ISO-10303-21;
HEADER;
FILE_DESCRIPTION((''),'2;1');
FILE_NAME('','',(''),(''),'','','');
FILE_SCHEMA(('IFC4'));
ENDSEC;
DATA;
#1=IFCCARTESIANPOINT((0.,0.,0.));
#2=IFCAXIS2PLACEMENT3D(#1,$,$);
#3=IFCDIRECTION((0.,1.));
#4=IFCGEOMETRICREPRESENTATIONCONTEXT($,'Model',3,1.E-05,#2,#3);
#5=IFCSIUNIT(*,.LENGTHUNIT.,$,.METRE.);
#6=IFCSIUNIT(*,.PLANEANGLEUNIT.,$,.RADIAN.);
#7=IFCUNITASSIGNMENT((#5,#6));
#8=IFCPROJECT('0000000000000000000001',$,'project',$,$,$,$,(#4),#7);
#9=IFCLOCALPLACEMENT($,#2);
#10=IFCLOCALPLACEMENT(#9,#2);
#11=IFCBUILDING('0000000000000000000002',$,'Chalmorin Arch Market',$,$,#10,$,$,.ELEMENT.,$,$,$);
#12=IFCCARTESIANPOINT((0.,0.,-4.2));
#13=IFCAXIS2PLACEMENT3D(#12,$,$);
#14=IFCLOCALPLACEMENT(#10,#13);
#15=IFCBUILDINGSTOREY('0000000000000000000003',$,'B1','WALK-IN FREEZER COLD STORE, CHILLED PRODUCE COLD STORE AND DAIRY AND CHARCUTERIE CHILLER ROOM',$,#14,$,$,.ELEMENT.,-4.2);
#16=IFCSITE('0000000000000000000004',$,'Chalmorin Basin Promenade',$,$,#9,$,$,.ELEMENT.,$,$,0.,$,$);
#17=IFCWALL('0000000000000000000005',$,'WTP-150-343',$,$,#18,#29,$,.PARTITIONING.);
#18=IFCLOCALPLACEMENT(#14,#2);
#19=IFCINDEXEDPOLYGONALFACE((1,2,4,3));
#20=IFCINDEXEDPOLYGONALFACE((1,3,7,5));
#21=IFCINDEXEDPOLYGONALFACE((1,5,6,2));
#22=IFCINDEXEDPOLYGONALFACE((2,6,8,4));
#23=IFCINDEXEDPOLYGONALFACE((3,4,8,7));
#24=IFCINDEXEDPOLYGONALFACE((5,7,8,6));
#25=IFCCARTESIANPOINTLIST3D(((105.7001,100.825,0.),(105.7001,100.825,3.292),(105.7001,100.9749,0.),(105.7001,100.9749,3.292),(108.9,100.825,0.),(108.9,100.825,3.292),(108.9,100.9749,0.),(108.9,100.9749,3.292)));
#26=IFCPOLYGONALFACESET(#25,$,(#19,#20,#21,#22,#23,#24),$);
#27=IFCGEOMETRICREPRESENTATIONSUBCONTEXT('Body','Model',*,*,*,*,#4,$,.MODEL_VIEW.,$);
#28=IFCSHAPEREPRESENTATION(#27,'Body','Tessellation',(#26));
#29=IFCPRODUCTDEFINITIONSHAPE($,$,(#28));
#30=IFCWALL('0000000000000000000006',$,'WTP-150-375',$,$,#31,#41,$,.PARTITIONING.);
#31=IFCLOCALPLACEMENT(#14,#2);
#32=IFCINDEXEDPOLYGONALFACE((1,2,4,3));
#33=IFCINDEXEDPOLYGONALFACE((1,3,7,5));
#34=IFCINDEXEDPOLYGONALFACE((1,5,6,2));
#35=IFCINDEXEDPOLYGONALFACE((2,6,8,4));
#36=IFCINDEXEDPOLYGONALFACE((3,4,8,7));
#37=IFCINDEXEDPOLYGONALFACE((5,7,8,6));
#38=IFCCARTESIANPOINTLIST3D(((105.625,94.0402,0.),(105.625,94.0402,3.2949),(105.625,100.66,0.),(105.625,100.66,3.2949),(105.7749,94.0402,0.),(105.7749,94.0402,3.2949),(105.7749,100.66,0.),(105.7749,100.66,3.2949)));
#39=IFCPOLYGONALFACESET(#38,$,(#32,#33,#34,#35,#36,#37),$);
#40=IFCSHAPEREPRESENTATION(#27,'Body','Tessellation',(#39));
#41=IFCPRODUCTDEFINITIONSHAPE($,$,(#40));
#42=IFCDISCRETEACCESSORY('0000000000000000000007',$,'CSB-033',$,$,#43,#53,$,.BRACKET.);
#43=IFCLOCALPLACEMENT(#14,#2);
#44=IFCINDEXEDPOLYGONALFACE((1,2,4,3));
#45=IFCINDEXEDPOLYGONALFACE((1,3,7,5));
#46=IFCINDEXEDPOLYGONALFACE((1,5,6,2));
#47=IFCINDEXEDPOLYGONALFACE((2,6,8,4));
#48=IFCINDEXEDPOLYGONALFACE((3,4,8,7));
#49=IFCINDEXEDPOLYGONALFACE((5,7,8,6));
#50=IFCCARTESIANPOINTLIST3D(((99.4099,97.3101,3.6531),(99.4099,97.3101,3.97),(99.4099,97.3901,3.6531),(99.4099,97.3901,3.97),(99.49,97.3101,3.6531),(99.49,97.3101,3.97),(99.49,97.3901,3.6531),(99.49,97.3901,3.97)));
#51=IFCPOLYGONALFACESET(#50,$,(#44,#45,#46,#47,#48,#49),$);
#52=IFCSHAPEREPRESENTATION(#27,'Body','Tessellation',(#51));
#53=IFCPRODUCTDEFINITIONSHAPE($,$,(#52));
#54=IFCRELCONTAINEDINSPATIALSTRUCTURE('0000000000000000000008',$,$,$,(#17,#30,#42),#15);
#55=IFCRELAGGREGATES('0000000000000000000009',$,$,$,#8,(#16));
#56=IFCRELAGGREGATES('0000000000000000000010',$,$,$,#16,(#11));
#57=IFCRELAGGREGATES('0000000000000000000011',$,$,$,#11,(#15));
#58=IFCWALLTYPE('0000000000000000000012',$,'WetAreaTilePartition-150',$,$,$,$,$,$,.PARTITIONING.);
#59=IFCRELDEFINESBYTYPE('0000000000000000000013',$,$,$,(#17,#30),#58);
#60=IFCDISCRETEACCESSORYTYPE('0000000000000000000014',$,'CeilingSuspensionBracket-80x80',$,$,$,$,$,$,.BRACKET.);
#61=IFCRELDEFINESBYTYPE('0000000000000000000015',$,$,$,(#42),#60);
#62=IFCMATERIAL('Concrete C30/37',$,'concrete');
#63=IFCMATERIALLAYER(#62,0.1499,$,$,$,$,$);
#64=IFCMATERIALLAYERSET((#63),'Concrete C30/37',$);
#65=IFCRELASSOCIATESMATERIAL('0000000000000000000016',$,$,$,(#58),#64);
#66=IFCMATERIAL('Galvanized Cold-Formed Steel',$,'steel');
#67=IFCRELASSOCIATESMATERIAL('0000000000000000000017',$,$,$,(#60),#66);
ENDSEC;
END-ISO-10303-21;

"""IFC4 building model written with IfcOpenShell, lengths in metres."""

from ifc_helpers import new_model, si_unit, direction, frame, frame_2d, origin, origin_2d, place, context, subcontext, project, spatial, rectangle, extrude, material, layer, layer_set, type_object, element, save


model = new_model("IFC4")

# Units and contexts
model_context = context("Model", 3, precision=1e-05, world=origin(), true_north=direction((0.0, 1.0)))
body_context = subcontext(model_context, "Body", "Model", "MODEL_VIEW")
ifc_project = project(units=[si_unit("LENGTHUNIT", "METRE"), si_unit("PLANEANGLEUNIT", "RADIAN")], contexts=[model_context])

# Site, building, storey
site_placement = place(None, origin())
site = spatial("IfcSite", under=ifc_project, at=site_placement, Name="Chalmorin Basin Promenade", CompositionType="ELEMENT", RefElevation=0.0)
building_placement = place(site_placement, origin())
building = spatial("IfcBuilding", under=site, at=building_placement, Name="Chalmorin Arch Market", CompositionType="ELEMENT")
storey_placement = place(building_placement, frame((0.0, 0.0, -4.2)))
storey = spatial("IfcBuildingStorey", under=building, at=storey_placement, Name="B1", Description="WALK-IN FREEZER COLD STORE, CHILLED PRODUCE COLD STORE AND DAIRY AND CHARCUTERIE CHILLER ROOM", CompositionType="ELEMENT", Elevation=-4.2)

# Shared definitions
ifc_material_1 = material(Name="Concrete C30/37", Category="concrete")

# Walls
ifc_layer_1 = layer(ifc_material_1, 0.1499)
ifc_layer_set_1 = layer_set([ifc_layer_1], Name="Concrete C30/37")
wall_type_1 = type_object("IfcWallType", Name="WetAreaTilePartition-150", PredefinedType="PARTITIONING", material=ifc_layer_set_1)
wall_1_placement = place(storey_placement, frame((105.7, 100.8999, 0.0), z_axis=(0.0, 0.0, 1.0), x_axis=(1.0, 0.0, 0.0)))
element("IfcWall", 1, at=wall_1_placement, inside=storey, type_object=wall_type_1, Name="WTP-150-343", PredefinedType="PARTITIONING", context=body_context, shape_type="SweptSolid", body=[
    extrude(rectangle(XDim=3.2, YDim=0.1499, at=frame_2d((1.6001, 0.0))), origin(), (0.0, 0.0, 1.0), 3.292),
])
wall_2_placement = place(storey_placement, frame((105.7, 94.04, 0.0), z_axis=(0.0, 0.0, 1.0), x_axis=(0.0, 1.0, 0.0)))
element("IfcWall", 2, at=wall_2_placement, inside=storey, type_object=wall_type_1, Name="WTP-150-375", PredefinedType="PARTITIONING", context=body_context, shape_type="SweptSolid", body=[
    extrude(rectangle(XDim=6.6199, YDim=0.1499, at=frame_2d((3.3101, 0.0))), origin(), (0.0, 0.0, 1.0), 3.2949),
])

# Discrete accessory
ifc_material_2 = material(Name="Galvanized Cold-Formed Steel", Category="steel")
discrete_accessory_type = type_object("IfcDiscreteAccessoryType", Name="CeilingSuspensionBracket-80x80", PredefinedType="BRACKET", material=ifc_material_2)
discrete_accessory_placement = place(storey_placement, frame((99.45, 97.3501, 3.6531), z_axis=(0.0, 0.0, 1.0), x_axis=(1.0, 0.0, 0.0)))
element("IfcDiscreteAccessory", 3, at=discrete_accessory_placement, inside=storey, type_object=discrete_accessory_type, Name="CSB-033", PredefinedType="BRACKET", context=body_context, shape_type="SweptSolid", body=[
    extrude(rectangle(XDim=0.0801, YDim=0.0801, at=origin_2d()), origin(), (0.0, 0.0, 1.0), 0.3169),
])

save(model, "model.ifc")
